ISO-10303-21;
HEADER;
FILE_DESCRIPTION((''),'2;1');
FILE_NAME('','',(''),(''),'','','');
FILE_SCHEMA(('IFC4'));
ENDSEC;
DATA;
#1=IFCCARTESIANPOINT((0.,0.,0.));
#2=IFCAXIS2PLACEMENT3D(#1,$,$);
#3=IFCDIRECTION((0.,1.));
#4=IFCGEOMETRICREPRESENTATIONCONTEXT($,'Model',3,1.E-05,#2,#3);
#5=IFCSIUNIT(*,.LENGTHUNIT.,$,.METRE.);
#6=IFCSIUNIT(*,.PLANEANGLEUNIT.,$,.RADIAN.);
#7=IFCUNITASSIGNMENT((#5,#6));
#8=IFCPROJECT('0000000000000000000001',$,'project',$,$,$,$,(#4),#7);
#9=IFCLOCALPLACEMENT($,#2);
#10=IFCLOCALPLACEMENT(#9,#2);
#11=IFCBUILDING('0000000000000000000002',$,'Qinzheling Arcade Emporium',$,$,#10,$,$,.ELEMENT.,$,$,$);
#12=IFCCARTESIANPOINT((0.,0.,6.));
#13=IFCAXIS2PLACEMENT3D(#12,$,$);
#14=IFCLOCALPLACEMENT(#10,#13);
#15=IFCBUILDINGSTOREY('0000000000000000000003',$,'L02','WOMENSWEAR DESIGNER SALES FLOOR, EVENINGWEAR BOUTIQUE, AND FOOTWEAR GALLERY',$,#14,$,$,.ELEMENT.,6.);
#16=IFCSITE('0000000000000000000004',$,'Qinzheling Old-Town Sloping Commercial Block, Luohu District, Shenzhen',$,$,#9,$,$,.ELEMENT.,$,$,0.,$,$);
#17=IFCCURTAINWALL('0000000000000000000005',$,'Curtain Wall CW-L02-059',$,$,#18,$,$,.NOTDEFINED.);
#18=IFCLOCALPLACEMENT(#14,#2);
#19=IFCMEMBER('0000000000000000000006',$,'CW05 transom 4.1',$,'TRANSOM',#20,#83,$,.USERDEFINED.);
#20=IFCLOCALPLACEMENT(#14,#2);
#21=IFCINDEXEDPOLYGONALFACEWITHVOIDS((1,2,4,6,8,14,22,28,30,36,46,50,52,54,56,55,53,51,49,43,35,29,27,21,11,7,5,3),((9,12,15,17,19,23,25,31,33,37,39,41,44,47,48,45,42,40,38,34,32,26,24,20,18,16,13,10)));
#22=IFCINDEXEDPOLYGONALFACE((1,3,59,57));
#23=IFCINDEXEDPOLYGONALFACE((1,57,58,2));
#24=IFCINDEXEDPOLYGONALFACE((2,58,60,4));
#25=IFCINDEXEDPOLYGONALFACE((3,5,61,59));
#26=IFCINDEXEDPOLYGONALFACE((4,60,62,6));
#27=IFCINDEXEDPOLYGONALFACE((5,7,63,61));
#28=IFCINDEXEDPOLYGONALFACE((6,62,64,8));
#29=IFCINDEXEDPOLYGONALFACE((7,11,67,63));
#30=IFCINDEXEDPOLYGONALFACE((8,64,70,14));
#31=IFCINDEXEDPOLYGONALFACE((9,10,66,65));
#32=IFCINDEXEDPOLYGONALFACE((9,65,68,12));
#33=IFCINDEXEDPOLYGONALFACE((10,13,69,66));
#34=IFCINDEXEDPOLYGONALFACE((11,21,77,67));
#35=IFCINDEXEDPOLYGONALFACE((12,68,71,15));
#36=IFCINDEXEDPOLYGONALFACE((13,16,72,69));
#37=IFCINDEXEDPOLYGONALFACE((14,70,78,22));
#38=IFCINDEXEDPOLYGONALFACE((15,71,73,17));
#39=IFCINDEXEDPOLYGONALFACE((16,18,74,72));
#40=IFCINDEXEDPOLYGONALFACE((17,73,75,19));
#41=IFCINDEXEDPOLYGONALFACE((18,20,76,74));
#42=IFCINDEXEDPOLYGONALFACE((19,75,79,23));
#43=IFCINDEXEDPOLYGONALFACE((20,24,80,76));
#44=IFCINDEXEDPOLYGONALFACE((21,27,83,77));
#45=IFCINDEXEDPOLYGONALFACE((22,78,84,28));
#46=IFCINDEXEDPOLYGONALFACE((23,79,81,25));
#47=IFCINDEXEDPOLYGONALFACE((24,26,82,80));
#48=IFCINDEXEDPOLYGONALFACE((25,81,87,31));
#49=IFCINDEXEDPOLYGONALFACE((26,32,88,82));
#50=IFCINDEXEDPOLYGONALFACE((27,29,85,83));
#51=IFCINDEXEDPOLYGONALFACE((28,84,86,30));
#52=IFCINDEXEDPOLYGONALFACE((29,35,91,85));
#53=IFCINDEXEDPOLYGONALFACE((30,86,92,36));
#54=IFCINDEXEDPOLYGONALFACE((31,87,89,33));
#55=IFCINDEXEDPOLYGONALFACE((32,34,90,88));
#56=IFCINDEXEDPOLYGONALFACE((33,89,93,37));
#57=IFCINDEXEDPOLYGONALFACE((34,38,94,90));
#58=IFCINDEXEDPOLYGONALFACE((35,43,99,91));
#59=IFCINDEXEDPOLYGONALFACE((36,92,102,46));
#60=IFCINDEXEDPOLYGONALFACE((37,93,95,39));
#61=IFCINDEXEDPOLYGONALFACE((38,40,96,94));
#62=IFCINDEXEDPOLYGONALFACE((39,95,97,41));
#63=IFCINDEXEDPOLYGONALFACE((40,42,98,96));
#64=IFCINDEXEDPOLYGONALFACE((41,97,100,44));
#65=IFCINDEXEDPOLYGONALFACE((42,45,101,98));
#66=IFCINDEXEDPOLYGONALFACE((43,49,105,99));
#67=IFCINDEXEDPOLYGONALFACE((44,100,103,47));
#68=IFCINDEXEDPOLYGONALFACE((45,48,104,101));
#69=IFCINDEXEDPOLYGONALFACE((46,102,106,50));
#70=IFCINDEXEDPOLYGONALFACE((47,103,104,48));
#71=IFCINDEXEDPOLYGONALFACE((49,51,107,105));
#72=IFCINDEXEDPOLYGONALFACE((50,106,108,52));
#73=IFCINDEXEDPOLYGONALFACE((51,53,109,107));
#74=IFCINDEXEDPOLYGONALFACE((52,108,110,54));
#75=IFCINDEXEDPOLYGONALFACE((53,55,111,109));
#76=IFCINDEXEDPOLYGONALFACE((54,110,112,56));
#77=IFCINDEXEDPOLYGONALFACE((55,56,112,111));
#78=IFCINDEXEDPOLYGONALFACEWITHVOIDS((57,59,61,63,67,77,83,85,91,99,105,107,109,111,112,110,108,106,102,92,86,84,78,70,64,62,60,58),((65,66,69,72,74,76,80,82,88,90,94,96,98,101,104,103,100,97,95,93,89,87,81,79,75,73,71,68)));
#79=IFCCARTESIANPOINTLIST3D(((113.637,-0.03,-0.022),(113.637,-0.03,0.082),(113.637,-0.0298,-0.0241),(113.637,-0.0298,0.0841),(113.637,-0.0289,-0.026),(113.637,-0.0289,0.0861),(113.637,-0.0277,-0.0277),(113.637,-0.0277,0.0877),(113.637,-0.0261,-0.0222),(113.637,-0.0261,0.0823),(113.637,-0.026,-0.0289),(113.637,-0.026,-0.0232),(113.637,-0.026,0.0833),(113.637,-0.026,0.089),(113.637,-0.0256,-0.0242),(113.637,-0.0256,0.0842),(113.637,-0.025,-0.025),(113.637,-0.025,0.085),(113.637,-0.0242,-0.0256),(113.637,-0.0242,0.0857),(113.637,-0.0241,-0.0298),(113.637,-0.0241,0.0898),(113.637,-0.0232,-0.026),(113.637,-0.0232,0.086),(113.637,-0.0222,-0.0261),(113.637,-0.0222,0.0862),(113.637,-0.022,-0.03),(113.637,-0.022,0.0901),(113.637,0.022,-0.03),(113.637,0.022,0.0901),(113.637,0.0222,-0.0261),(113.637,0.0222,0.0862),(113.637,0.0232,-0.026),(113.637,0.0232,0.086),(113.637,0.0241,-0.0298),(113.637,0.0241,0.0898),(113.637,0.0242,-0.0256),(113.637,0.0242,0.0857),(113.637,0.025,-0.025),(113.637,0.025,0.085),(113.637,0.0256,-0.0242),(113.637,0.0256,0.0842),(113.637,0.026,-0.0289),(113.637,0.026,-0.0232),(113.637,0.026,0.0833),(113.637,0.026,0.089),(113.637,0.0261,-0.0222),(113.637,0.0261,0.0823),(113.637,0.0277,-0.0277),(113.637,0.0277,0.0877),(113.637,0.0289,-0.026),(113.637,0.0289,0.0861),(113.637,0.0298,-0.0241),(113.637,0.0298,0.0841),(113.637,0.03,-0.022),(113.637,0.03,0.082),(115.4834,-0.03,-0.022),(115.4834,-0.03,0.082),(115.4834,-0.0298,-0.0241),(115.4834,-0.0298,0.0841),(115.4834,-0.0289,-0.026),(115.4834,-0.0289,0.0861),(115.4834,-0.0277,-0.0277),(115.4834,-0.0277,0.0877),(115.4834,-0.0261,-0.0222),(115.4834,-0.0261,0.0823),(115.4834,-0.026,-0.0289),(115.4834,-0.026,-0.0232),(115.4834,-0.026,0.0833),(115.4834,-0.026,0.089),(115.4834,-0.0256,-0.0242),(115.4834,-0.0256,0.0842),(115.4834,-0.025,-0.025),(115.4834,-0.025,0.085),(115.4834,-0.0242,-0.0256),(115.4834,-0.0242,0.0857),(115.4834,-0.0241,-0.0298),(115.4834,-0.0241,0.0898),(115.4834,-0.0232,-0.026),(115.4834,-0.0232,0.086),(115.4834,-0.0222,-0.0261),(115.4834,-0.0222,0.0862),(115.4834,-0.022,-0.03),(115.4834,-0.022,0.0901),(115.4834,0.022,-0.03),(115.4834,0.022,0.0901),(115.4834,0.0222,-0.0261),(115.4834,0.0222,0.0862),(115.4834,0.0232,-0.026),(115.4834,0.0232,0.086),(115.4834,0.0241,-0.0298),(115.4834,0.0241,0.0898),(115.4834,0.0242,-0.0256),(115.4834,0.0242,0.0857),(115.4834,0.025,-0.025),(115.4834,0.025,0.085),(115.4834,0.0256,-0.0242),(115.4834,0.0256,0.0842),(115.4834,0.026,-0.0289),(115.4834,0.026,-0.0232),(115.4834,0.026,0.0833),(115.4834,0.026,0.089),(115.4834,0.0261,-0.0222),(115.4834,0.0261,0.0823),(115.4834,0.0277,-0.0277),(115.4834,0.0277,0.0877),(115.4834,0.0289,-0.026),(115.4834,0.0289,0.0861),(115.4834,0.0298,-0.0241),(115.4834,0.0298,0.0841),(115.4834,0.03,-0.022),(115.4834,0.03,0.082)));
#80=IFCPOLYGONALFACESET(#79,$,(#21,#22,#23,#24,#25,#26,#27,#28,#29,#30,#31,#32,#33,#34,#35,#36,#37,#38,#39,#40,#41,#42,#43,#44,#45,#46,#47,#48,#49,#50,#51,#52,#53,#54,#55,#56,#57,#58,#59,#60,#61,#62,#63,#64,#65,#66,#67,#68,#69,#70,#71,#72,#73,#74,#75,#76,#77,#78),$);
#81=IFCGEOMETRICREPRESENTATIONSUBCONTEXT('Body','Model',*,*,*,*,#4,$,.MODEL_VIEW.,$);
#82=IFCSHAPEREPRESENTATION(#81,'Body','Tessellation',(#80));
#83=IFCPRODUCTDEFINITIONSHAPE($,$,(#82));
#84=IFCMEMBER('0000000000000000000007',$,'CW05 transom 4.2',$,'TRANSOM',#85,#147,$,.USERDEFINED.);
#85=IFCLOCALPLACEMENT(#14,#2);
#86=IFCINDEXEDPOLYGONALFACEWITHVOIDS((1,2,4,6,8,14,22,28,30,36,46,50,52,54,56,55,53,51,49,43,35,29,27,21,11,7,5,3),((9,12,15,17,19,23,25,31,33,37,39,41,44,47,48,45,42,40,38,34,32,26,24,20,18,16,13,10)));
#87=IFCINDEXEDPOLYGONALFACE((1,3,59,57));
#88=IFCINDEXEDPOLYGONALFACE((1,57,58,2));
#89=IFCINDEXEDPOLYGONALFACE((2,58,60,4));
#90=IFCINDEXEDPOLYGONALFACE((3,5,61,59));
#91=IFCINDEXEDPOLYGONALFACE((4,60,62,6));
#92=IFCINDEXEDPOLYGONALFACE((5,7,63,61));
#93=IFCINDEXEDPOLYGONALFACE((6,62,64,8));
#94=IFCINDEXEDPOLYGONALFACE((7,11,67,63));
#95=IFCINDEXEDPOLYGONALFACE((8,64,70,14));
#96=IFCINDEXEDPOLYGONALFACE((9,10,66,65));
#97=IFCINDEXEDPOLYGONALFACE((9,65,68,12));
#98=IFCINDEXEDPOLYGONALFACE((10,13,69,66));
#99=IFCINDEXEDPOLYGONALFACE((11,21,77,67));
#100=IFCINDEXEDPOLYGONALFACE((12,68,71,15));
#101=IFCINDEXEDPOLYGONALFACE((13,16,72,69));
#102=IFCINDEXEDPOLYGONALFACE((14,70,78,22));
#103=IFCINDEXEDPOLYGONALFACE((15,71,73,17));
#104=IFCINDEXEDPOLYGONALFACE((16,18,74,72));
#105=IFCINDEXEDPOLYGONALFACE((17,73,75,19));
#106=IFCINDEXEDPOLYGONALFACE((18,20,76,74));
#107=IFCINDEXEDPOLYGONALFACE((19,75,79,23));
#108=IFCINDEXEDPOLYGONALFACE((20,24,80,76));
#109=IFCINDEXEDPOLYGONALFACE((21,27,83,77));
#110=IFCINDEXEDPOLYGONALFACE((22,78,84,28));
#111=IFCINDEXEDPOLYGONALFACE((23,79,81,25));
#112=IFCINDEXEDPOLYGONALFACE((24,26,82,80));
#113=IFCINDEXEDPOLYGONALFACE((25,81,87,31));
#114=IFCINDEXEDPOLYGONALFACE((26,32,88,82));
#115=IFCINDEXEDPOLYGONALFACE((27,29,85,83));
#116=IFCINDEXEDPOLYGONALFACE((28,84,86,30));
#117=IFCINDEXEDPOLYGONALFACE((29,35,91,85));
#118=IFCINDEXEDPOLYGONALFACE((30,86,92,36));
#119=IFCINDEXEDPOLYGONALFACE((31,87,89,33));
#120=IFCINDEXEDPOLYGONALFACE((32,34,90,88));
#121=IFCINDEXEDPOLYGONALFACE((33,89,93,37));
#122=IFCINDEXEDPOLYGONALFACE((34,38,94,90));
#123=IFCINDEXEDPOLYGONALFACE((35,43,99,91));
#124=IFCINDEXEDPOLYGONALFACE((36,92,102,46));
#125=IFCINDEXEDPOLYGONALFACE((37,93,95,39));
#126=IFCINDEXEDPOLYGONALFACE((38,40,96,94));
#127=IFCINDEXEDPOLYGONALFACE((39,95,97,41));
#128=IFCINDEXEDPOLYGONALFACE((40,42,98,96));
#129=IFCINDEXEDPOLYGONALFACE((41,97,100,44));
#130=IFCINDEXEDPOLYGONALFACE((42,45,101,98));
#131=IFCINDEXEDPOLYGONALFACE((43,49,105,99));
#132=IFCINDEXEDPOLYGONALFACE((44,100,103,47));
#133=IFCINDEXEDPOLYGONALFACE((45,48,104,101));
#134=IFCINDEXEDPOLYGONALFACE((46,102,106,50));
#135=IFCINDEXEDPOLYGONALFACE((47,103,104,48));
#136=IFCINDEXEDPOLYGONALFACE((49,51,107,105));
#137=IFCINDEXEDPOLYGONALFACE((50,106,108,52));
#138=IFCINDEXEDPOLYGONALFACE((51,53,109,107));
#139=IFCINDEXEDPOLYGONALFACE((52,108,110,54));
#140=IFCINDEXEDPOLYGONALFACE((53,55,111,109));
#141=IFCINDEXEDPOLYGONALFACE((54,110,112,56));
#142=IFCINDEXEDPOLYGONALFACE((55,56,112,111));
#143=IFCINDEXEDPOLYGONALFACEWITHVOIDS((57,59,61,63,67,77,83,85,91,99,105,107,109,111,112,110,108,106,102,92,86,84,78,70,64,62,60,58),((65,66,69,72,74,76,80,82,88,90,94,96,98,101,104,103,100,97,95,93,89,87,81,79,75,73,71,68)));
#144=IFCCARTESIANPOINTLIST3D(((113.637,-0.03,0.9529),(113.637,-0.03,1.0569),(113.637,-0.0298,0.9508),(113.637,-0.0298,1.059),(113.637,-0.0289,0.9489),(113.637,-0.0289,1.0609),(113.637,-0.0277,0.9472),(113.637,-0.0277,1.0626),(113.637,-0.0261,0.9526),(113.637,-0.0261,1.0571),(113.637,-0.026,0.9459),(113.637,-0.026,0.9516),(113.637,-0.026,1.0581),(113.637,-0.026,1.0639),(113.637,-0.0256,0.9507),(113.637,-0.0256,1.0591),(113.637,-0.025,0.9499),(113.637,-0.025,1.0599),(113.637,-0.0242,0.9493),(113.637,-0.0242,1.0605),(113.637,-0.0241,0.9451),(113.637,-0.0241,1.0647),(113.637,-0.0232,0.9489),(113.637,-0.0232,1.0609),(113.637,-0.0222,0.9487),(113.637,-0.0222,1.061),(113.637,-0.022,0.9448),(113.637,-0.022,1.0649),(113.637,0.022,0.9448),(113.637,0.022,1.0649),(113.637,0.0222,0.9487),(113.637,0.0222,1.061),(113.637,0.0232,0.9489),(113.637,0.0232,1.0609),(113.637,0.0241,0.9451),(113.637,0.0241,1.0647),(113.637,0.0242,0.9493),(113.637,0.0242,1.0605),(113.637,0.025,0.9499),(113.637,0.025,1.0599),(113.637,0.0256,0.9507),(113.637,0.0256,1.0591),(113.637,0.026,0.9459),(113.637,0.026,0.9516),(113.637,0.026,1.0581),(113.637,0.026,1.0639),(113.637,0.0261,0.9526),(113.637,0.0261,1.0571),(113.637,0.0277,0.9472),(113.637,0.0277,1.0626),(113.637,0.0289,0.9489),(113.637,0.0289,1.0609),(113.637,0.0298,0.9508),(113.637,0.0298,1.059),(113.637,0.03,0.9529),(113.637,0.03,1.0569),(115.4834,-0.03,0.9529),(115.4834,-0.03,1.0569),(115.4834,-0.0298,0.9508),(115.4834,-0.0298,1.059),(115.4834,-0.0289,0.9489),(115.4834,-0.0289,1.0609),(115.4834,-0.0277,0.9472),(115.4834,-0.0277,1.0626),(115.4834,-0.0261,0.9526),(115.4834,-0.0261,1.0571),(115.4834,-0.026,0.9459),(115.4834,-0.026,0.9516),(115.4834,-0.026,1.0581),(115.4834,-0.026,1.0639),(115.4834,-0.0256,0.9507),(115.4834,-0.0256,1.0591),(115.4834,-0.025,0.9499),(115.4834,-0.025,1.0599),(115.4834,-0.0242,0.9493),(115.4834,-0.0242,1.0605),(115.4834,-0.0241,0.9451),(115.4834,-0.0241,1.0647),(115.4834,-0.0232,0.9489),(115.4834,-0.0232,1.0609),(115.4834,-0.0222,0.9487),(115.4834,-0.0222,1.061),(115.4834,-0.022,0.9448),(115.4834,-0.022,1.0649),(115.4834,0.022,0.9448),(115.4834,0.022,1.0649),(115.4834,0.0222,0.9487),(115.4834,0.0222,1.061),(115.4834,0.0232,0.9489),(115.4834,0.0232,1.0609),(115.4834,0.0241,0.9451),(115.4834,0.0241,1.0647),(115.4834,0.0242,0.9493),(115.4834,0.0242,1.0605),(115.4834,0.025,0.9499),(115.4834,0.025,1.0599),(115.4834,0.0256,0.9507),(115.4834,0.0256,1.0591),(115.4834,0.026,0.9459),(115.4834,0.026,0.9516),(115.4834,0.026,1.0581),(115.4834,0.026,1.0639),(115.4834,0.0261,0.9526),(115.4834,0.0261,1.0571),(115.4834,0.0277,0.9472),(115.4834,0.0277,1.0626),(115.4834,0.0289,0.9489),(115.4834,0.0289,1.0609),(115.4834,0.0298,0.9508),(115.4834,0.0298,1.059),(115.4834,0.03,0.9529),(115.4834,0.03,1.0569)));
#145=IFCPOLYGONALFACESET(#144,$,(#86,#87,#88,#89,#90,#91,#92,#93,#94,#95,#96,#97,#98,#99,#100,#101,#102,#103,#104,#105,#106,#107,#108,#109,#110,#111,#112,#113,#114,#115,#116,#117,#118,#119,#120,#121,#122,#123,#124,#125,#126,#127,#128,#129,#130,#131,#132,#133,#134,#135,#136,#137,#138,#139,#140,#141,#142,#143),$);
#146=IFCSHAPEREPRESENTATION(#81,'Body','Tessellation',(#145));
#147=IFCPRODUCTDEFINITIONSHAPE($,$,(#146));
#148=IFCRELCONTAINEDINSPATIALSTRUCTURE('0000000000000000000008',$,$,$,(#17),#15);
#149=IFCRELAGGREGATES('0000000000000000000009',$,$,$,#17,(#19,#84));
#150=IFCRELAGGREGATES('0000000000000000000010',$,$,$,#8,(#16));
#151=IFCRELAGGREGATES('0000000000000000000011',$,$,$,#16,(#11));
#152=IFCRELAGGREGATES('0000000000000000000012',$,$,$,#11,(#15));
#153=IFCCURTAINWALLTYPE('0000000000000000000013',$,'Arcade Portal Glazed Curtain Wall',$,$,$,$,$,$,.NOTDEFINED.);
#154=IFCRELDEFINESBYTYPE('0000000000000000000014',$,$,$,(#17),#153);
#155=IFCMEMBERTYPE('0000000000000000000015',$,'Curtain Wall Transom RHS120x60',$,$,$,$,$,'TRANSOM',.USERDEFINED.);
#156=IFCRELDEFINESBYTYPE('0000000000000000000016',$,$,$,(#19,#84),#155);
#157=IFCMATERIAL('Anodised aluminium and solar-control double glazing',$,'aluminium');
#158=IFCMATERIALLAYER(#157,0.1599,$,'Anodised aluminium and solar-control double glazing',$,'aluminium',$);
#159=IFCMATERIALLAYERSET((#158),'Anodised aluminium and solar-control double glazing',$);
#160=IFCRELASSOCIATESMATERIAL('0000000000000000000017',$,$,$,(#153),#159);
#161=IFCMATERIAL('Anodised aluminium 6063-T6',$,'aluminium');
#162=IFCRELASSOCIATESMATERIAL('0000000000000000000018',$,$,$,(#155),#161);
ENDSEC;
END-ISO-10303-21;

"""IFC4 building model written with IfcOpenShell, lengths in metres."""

from ifc_helpers import new_model, si_unit, direction, frame, origin, origin_2d, place, context, subcontext, project, spatial, hollow_rectangle, extrude, material, layer, layer_set, material_profile, profile_set, type_object, element, aggregate, save


model = new_model("IFC4")

# Units and contexts
model_context = context("Model", 3, precision=1e-05, world=origin(), true_north=direction((0.0, 1.0)))
body_context = subcontext(model_context, "Body", "Model", "MODEL_VIEW")
ifc_project = project(units=[si_unit("LENGTHUNIT", "METRE"), si_unit("PLANEANGLEUNIT", "RADIAN")], contexts=[model_context])

# Site, building, storey
site_placement = place(None, origin())
site = spatial("IfcSite", under=ifc_project, at=site_placement, Name="Qinzheling Old-Town Sloping Commercial Block, Luohu District, Shenzhen", CompositionType="ELEMENT", RefElevation=0.0)
building_placement = place(site_placement, origin())
building = spatial("IfcBuilding", under=site, at=building_placement, Name="Qinzheling Arcade Emporium", CompositionType="ELEMENT")
storey_placement = place(building_placement, frame((0.0, 0.0, 6.0)))
storey = spatial("IfcBuildingStorey", under=building, at=storey_placement, Name="L02", Description="WOMENSWEAR DESIGNER SALES FLOOR, EVENINGWEAR BOUTIQUE, AND FOOTWEAR GALLERY", CompositionType="ELEMENT", Elevation=6.0)

# Curtain wall, members
ifc_material_1 = material(Name="Anodised aluminium and solar-control double glazing", Category="aluminium")
ifc_layer_1 = layer(ifc_material_1, 0.1599, Name="Anodised aluminium and solar-control double glazing", Category="aluminium")
ifc_layer_set_1 = layer_set([ifc_layer_1], Name="Anodised aluminium and solar-control double glazing")
curtain_wall_type = type_object("IfcCurtainWallType", Name="Arcade Portal Glazed Curtain Wall", PredefinedType="NOTDEFINED", material=ifc_layer_set_1)
curtain_wall_placement = place(storey_placement, origin())
curtain_wall = element("IfcCurtainWall", 1, at=curtain_wall_placement, inside=storey, type_object=curtain_wall_type, Name="Curtain Wall CW-L02-059", PredefinedType="NOTDEFINED")
ifc_material_2 = material(Name="Anodised aluminium 6063-T6", Category="aluminium")
ifc_material_profile_1 = material_profile(ifc_material_2, hollow_rectangle(XDim=0.0601, YDim=0.1201, WallThickness=0.0039, InnerFilletRadius=0.0039, OuterFilletRadius=0.0081, at=origin_2d()), Name="RHS 120x60x4", Category="aluminium")
ifc_profile_set_1 = profile_set([ifc_material_profile_1], Name="Anodised aluminium 6063-T6")
member_type_1 = type_object("IfcMemberType", Name="Curtain Wall Transom RHS120x60", ElementType="TRANSOM", PredefinedType="USERDEFINED", material=ifc_profile_set_1)
member_1_placement = place(storey_placement, frame((115.4834, 0.0, 0.03), z_axis=(-1.0, 0.0, 0.0), x_axis=(0.0, -1.0, 0.0)))
member_1 = element("IfcMember", 2, at=member_1_placement, type_object=member_type_1, Name="CW05 transom 4.1", ObjectType="TRANSOM", PredefinedType="USERDEFINED", context=body_context, shape_type="SweptSolid", body=[
    extrude(hollow_rectangle(XDim=0.0601, YDim=0.1201, WallThickness=0.0039, InnerFilletRadius=0.0039, OuterFilletRadius=0.0081, at=origin_2d()), origin(), (0.0, 0.0, 1.0), 1.8464),
])
member_2_placement = place(storey_placement, frame((115.4834, 0.0, 1.0049), z_axis=(-1.0, 0.0, 0.0), x_axis=(0.0, -1.0, 0.0)))
member_2 = element("IfcMember", 3, at=member_2_placement, type_object=member_type_1, Name="CW05 transom 4.2", ObjectType="TRANSOM", PredefinedType="USERDEFINED", context=body_context, shape_type="SweptSolid", body=[
    extrude(hollow_rectangle(XDim=0.0601, YDim=0.1201, WallThickness=0.0039, InnerFilletRadius=0.0039, OuterFilletRadius=0.0081, at=origin_2d()), origin(), (0.0, 0.0, 1.0), 1.8464),
])

aggregate(curtain_wall, [member_1, member_2])

save(model, "model.ifc")
